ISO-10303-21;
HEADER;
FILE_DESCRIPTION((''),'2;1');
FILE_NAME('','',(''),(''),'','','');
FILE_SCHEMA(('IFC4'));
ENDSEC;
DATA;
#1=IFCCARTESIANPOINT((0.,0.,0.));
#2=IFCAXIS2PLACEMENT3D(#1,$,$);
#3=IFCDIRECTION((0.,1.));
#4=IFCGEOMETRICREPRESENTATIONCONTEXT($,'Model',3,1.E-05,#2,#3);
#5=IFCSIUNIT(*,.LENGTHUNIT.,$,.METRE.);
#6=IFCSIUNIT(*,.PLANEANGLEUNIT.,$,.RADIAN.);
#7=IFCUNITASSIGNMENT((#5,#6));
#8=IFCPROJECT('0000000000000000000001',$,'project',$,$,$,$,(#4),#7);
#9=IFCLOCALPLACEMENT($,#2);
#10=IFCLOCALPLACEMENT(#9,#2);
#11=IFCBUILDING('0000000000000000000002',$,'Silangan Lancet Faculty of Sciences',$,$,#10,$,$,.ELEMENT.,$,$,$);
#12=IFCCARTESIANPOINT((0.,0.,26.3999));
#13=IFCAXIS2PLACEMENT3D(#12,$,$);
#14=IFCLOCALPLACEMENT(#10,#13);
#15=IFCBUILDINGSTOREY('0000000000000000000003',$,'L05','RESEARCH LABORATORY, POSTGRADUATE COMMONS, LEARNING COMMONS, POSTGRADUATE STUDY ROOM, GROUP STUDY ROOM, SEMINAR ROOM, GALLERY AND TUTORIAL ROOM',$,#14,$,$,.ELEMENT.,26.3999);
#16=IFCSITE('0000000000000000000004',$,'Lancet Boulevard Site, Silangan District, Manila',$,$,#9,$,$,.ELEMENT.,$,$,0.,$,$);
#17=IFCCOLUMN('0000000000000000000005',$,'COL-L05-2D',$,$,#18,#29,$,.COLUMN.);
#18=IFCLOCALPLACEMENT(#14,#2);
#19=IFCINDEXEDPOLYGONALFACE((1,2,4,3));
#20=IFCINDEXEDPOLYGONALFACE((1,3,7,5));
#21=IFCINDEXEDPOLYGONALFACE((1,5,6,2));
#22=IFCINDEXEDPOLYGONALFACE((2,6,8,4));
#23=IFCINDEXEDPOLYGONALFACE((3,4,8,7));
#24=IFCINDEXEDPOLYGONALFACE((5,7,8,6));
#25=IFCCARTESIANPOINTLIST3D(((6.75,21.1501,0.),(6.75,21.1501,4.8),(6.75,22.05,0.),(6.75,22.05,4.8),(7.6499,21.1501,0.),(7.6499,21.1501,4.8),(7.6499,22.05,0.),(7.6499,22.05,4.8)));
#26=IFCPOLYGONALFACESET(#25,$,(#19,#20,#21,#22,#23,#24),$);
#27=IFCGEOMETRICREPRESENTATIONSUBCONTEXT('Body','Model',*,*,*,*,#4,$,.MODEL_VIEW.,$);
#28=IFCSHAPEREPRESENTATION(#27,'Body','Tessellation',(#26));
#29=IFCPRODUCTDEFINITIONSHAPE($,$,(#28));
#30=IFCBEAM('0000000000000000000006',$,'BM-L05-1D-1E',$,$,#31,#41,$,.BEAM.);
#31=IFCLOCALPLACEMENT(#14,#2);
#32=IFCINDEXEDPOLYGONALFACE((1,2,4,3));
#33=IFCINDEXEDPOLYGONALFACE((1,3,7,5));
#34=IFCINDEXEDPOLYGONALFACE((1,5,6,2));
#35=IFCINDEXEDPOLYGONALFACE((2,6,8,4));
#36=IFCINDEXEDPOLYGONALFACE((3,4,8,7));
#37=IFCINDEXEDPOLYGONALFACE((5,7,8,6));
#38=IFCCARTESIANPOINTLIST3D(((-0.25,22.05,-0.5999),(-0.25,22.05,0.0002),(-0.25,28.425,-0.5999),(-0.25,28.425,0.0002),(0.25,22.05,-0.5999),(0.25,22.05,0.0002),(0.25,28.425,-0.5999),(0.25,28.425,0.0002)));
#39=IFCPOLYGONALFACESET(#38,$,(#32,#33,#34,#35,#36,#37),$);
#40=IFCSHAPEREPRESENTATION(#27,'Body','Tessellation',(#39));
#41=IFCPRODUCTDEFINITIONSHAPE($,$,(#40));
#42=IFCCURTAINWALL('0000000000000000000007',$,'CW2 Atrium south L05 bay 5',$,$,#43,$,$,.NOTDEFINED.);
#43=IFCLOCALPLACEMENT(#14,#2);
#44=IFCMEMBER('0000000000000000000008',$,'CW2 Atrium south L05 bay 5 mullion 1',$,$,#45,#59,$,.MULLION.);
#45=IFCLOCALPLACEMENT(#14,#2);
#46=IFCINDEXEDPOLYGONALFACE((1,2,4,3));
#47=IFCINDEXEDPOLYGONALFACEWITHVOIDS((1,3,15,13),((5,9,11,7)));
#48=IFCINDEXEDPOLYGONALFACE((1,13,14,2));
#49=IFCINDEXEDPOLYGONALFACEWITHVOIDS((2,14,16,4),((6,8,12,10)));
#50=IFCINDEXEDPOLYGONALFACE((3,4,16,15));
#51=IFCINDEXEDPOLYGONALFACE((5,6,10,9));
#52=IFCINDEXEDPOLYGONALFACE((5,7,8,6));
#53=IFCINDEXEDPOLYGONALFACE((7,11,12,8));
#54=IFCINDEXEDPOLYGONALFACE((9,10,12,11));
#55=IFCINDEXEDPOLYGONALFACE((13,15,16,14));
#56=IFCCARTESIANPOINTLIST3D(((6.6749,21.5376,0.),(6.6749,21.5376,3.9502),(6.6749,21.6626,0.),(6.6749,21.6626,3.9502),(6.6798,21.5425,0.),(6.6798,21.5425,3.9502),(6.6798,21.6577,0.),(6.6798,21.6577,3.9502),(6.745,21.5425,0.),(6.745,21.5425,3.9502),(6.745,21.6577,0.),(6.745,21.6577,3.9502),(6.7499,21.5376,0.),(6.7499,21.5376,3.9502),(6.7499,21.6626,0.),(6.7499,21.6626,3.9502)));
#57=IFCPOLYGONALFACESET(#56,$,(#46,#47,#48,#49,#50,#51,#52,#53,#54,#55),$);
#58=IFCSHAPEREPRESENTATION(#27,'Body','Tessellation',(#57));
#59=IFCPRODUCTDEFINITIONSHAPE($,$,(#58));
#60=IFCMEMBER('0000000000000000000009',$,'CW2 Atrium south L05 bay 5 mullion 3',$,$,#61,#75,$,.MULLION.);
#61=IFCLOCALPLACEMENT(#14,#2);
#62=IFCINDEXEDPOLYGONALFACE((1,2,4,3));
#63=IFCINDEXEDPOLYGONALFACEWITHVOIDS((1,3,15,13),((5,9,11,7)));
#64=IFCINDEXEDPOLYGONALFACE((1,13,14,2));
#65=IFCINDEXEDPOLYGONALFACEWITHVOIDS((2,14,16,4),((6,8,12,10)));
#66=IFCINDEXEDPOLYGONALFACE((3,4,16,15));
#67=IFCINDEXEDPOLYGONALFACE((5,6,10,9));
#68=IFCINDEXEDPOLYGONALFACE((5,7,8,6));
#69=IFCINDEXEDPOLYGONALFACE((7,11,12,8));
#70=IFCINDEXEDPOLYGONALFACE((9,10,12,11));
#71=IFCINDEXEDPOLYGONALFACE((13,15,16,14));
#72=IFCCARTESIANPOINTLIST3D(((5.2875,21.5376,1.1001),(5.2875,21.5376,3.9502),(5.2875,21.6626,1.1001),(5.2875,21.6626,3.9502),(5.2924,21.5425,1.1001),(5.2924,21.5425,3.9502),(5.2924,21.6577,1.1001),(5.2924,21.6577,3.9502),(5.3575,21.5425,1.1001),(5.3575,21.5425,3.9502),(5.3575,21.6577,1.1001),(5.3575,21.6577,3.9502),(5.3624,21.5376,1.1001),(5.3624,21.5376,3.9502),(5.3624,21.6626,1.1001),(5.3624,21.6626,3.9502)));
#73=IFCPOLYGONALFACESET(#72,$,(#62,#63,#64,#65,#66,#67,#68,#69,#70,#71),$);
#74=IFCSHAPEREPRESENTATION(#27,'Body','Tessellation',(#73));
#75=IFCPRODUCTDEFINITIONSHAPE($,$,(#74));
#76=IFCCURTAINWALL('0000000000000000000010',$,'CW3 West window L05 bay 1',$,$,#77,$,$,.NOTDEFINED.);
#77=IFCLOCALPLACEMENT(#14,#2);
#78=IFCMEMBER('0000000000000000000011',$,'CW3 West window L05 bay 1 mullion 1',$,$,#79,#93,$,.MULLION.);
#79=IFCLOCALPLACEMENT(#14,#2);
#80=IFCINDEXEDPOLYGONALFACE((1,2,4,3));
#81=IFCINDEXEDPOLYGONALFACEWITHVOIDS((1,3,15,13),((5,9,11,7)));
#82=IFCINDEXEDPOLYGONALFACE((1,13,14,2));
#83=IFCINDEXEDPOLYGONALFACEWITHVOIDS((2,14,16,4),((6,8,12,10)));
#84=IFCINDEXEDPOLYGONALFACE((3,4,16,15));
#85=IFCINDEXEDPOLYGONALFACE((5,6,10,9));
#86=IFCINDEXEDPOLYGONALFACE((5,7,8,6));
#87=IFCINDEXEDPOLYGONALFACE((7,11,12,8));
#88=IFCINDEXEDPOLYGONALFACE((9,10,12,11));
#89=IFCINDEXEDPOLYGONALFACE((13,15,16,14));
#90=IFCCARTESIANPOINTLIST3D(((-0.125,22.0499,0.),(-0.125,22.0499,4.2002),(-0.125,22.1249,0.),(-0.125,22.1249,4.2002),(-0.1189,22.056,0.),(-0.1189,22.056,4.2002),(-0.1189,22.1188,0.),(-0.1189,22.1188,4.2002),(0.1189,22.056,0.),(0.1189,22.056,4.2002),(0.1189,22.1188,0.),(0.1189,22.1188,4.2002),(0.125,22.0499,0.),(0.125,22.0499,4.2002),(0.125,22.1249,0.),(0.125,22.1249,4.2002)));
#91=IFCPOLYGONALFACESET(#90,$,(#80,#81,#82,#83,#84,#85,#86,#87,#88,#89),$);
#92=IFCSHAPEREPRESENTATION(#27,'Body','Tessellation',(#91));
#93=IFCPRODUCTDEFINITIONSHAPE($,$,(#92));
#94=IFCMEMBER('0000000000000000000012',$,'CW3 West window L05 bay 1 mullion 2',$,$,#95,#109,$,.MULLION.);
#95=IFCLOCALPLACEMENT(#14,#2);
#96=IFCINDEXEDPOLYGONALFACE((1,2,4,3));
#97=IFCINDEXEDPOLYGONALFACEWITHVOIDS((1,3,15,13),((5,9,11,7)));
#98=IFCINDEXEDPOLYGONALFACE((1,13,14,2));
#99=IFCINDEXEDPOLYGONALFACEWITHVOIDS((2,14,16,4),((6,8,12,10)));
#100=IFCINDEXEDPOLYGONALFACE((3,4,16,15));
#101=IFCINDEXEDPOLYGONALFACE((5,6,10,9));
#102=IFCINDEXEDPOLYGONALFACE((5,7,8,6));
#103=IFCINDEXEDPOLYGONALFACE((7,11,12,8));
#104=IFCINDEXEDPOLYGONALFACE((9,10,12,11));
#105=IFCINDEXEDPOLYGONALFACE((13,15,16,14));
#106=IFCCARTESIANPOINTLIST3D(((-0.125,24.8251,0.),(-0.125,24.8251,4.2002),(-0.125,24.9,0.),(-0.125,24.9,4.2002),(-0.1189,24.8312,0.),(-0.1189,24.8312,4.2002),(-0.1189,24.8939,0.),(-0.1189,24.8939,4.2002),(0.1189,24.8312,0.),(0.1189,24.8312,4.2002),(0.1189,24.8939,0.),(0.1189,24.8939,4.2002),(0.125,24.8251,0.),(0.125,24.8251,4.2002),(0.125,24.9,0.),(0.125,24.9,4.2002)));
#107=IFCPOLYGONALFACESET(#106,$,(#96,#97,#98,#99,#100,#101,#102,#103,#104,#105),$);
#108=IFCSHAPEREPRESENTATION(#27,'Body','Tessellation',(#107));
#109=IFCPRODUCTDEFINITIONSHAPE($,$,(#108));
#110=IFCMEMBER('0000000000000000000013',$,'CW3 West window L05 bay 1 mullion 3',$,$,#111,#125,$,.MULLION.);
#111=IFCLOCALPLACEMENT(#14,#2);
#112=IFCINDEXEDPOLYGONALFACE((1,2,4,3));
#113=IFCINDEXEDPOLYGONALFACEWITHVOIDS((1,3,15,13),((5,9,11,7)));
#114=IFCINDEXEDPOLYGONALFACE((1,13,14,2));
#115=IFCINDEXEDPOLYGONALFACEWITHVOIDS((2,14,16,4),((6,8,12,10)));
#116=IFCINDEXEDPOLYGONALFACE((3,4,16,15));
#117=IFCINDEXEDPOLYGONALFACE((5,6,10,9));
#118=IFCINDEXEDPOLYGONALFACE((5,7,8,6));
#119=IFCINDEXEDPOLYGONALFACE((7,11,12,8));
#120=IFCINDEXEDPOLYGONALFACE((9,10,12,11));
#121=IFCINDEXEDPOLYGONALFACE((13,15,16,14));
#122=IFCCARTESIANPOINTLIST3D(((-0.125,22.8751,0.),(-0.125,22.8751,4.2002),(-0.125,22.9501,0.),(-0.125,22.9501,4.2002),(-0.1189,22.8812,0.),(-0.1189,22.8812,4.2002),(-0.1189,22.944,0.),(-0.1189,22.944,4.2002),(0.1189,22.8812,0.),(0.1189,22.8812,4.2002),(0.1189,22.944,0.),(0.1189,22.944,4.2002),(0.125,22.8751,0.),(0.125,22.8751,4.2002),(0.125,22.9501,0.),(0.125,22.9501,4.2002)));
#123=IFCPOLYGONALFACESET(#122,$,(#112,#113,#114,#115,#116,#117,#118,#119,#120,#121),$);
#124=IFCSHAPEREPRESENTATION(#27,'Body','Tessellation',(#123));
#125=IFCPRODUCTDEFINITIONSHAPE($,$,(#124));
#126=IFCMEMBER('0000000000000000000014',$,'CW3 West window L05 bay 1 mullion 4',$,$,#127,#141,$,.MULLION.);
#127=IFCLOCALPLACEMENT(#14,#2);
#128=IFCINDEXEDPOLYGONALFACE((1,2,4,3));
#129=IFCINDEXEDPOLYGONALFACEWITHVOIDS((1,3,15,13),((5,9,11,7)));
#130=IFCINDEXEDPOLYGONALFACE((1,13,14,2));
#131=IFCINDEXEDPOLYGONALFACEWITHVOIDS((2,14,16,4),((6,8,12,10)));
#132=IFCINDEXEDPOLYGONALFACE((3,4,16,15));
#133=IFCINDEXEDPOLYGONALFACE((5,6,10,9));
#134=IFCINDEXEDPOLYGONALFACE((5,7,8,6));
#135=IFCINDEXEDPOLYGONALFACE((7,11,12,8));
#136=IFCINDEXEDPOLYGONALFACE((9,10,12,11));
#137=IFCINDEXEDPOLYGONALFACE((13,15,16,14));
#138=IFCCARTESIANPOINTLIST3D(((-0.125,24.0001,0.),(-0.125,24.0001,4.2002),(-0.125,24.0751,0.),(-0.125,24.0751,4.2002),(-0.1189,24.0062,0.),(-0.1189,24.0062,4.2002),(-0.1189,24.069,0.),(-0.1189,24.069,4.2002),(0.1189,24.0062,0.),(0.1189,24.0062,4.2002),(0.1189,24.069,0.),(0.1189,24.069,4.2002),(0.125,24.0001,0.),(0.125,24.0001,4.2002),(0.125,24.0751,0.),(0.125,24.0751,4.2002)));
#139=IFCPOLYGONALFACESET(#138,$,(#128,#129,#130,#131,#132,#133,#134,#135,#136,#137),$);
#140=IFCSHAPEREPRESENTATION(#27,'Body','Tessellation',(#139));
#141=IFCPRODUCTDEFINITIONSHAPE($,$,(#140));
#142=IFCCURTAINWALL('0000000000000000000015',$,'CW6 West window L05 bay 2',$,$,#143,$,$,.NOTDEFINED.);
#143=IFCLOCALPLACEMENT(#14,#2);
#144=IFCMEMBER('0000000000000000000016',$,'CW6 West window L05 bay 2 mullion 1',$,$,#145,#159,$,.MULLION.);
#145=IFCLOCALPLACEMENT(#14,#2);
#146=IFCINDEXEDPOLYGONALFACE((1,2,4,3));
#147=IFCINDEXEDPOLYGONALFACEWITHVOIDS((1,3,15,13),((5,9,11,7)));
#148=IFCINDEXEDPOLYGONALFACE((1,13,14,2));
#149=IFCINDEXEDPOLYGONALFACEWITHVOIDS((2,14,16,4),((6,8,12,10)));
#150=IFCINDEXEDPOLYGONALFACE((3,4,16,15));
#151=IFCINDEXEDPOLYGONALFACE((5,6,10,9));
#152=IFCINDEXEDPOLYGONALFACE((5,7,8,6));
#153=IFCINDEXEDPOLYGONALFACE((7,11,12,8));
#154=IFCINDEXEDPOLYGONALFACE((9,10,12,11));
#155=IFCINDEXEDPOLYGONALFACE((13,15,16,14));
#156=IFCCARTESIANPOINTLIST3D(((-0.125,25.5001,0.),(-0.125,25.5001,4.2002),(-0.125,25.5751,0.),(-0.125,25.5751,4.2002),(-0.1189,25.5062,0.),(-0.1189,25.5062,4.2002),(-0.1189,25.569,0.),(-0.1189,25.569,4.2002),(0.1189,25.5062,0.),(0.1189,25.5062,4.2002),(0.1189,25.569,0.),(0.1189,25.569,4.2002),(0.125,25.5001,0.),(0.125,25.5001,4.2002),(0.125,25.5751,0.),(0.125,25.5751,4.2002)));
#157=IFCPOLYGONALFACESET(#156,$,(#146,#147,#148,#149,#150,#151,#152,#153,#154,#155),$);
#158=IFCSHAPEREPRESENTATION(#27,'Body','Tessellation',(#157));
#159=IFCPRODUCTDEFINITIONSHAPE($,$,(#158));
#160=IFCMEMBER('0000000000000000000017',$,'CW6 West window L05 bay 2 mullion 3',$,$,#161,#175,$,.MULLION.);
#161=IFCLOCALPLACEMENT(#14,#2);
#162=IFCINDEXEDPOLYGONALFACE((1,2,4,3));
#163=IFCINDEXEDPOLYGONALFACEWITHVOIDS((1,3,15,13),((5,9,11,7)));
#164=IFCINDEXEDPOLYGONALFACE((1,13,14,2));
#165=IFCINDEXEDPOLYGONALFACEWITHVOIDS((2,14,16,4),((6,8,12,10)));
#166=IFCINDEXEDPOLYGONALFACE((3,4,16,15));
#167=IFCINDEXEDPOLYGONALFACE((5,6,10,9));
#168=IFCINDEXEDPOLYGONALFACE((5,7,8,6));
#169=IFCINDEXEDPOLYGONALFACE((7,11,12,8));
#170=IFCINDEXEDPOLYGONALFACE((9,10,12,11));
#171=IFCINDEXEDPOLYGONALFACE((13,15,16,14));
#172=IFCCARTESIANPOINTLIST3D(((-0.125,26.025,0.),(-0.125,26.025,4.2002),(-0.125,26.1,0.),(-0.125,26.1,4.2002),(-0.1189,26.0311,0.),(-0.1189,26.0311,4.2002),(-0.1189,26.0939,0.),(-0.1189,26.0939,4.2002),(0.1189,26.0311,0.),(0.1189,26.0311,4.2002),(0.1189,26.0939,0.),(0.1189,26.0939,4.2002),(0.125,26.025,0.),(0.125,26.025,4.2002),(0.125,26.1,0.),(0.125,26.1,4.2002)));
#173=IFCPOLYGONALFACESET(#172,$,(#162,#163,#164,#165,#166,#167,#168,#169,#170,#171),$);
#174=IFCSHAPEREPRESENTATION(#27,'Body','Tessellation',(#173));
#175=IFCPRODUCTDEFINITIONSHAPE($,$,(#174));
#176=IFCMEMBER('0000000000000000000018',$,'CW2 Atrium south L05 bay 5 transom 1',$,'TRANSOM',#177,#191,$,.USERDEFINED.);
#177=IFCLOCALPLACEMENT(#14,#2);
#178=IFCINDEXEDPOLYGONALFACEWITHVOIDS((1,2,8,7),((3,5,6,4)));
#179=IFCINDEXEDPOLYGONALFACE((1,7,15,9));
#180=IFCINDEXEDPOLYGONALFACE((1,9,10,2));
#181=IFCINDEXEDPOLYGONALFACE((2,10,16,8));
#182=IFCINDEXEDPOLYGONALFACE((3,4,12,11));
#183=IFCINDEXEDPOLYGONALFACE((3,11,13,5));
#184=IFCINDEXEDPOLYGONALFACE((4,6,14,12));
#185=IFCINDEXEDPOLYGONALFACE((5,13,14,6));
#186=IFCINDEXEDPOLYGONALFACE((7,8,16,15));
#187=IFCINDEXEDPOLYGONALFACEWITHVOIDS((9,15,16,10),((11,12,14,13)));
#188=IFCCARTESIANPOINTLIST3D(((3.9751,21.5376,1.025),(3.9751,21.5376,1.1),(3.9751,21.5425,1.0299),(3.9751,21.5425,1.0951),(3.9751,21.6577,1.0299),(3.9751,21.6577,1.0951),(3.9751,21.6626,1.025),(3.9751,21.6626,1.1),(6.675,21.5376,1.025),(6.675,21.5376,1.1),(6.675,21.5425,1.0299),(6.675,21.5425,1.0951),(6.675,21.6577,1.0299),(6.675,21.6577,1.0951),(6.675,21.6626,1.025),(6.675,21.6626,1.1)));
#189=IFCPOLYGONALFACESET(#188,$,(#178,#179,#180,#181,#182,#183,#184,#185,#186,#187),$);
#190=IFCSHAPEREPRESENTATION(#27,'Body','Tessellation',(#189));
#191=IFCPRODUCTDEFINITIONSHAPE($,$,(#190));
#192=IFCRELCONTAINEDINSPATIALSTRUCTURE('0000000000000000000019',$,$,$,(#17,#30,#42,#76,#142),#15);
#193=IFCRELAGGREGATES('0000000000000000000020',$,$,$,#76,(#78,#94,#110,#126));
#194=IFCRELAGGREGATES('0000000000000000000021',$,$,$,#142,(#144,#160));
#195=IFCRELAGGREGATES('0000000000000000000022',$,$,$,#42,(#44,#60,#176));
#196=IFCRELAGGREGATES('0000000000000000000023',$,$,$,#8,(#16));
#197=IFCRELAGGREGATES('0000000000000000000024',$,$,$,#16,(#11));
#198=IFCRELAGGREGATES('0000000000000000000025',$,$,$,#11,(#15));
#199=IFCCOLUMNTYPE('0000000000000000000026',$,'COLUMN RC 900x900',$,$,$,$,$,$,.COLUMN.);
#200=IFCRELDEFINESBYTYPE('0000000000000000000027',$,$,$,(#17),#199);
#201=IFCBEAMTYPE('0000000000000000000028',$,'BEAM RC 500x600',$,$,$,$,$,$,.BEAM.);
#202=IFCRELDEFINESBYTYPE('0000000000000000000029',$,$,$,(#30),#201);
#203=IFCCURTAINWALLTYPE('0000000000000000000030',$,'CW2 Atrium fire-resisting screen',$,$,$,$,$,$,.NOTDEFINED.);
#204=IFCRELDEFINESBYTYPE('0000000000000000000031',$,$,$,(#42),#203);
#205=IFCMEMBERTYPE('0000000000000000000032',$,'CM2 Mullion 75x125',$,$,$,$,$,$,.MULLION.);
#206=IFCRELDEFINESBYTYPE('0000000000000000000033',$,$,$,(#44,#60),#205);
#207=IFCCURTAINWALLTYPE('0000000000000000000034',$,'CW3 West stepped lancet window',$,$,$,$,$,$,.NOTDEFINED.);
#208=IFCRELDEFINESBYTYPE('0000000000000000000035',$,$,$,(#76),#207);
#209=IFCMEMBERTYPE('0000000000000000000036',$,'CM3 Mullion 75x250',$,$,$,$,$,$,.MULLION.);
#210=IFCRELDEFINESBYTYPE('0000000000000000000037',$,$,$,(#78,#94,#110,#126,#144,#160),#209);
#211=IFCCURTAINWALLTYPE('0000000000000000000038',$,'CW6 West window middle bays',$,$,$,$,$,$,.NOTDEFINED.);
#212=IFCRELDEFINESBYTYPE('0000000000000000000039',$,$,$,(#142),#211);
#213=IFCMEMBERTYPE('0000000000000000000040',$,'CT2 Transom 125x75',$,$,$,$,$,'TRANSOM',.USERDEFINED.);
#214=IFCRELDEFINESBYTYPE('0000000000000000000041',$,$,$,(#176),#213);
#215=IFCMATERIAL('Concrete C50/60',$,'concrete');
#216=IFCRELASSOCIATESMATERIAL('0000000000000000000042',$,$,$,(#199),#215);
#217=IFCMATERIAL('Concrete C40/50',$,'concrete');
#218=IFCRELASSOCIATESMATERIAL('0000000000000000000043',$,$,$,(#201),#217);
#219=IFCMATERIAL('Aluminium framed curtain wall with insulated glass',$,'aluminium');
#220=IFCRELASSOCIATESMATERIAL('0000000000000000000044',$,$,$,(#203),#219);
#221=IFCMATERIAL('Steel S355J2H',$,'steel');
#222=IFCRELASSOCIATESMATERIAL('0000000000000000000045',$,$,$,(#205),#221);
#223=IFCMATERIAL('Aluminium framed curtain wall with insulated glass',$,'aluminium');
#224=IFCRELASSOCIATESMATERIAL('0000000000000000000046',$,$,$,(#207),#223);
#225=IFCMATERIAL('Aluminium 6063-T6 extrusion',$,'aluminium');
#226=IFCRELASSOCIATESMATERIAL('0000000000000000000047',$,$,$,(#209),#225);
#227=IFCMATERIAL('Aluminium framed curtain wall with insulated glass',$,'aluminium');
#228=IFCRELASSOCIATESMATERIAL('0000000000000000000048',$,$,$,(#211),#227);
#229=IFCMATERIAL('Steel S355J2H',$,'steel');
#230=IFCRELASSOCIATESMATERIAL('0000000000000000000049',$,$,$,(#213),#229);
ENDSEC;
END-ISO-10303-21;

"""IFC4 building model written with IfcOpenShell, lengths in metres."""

from ifc_helpers import new_model, si_unit, direction, frame, origin, origin_2d, place, context, subcontext, project, spatial, rectangle, hollow_rectangle, extrude, material, material_profile, profile_set, type_object, element, aggregate, save


model = new_model("IFC4")

# Units and contexts
model_context = context("Model", 3, precision=1e-05, world=origin(), true_north=direction((0.0, 1.0)))
body_context = subcontext(model_context, "Body", "Model", "MODEL_VIEW")
ifc_project = project(units=[si_unit("LENGTHUNIT", "METRE"), si_unit("PLANEANGLEUNIT", "RADIAN")], contexts=[model_context])

# Site, building, storey
site_placement = place(None, origin())
site = spatial("IfcSite", under=ifc_project, at=site_placement, Name="Lancet Boulevard Site, Silangan District, Manila", CompositionType="ELEMENT", RefElevation=0.0)
building_placement = place(site_placement, origin())
building = spatial("IfcBuilding", under=site, at=building_placement, Name="Silangan Lancet Faculty of Sciences", CompositionType="ELEMENT")
storey_placement = place(building_placement, frame((0.0, 0.0, 26.3999)))
storey = spatial("IfcBuildingStorey", under=building, at=storey_placement, Name="L05", Description="RESEARCH LABORATORY, POSTGRADUATE COMMONS, LEARNING COMMONS, POSTGRADUATE STUDY ROOM, GROUP STUDY ROOM, SEMINAR ROOM, GALLERY AND TUTORIAL ROOM", CompositionType="ELEMENT", Elevation=26.3999)

# Column
ifc_material_1 = material(Name="Concrete C50/60", Category="concrete")
ifc_material_profile_1 = material_profile(ifc_material_1, rectangle(XDim=0.8999, YDim=0.8999, at=origin_2d()), Name="RC 900x900")
ifc_profile_set_1 = profile_set([ifc_material_profile_1], Name="Concrete C50/60")
column_type = type_object("IfcColumnType", Name="COLUMN RC 900x900", PredefinedType="COLUMN", material=ifc_profile_set_1)
column_placement = place(storey_placement, frame((7.2, 21.6001, 0.0), z_axis=(0.0, 0.0, 1.0), x_axis=(1.0, 0.0, 0.0)))
element("IfcColumn", 1, at=column_placement, inside=storey, type_object=column_type, Name="COL-L05-2D", PredefinedType="COLUMN", context=body_context, shape_type="SweptSolid", body=[
    extrude(rectangle(XDim=0.8999, YDim=0.8999, at=origin_2d()), origin(), (0.0, 0.0, 1.0), 4.8),
])

# Beam
ifc_material_2 = material(Name="Concrete C40/50", Category="concrete")
ifc_material_profile_2 = material_profile(ifc_material_2, rectangle(XDim=0.5, YDim=0.6001, at=origin_2d()), Name="RC 500x600")
ifc_profile_set_2 = profile_set([ifc_material_profile_2], Name="Concrete C40/50")
beam_type = type_object("IfcBeamType", Name="BEAM RC 500x600", PredefinedType="BEAM", material=ifc_profile_set_2)
beam_placement = place(storey_placement, frame((0.0, 22.05, -0.2998), z_axis=(0.0, 1.0, 0.0), x_axis=(-1.0, 0.0, 0.0)))
element("IfcBeam", 2, at=beam_placement, inside=storey, type_object=beam_type, Name="BM-L05-1D-1E", PredefinedType="BEAM", context=body_context, shape_type="SweptSolid", body=[
    extrude(rectangle(XDim=0.5, YDim=0.6001, at=origin_2d()), origin(), (0.0, 0.0, 1.0), 6.375),
])

# Curtain walls, members
ifc_material_3 = material(Name="Aluminium framed curtain wall with insulated glass", Category="aluminium")
curtain_wall_type_1 = type_object("IfcCurtainWallType", Name="CW2 Atrium fire-resisting screen", PredefinedType="NOTDEFINED", material=ifc_material_3)
curtain_wall_1_placement = place(storey_placement, origin())
curtain_wall_1 = element("IfcCurtainWall", 3, at=curtain_wall_1_placement, inside=storey, type_object=curtain_wall_type_1, Name="CW2 Atrium south L05 bay 5", PredefinedType="NOTDEFINED")
ifc_material_4 = material(Name="Steel S355J2H", Category="steel")
ifc_material_profile_3 = material_profile(ifc_material_4, hollow_rectangle(XDim=0.075, YDim=0.125, WallThickness=0.0049, at=origin_2d()), Name="ST BOX 75x125x5")
ifc_profile_set_3 = profile_set([ifc_material_profile_3], Name="Steel S355J2H")
member_type_1 = type_object("IfcMemberType", Name="CM2 Mullion 75x125", PredefinedType="MULLION", material=ifc_profile_set_3)
member_1_placement = place(storey_placement, frame((6.7124, 21.6001, 0.0), z_axis=(0.0, 0.0, 1.0), x_axis=(-1.0, 0.0, 0.0)))
member_1 = element("IfcMember", 4, at=member_1_placement, type_object=member_type_1, Name="CW2 Atrium south L05 bay 5 mullion 1", PredefinedType="MULLION", context=body_context, shape_type="SweptSolid", body=[
    extrude(hollow_rectangle(XDim=0.075, YDim=0.125, WallThickness=0.0049, at=origin_2d()), origin(), (0.0, 0.0, 1.0), 3.9502),
])
member_2_placement = place(storey_placement, frame((5.325, 21.6001, 1.1001), z_axis=(0.0, 0.0, 1.0), x_axis=(-1.0, 0.0, 0.0)))
member_2 = element("IfcMember", 5, at=member_2_placement, type_object=member_type_1, Name="CW2 Atrium south L05 bay 5 mullion 3", PredefinedType="MULLION", context=body_context, shape_type="SweptSolid", body=[
    extrude(hollow_rectangle(XDim=0.075, YDim=0.125, WallThickness=0.0049, at=origin_2d()), origin(), (0.0, 0.0, 1.0), 2.8501),
])
ifc_material_5 = material(Name="Aluminium framed curtain wall with insulated glass", Category="aluminium")
curtain_wall_type_2 = type_object("IfcCurtainWallType", Name="CW3 West stepped lancet window", PredefinedType="NOTDEFINED", material=ifc_material_5)
curtain_wall_2_placement = place(storey_placement, origin())
curtain_wall_2 = element("IfcCurtainWall", 6, at=curtain_wall_2_placement, inside=storey, type_object=curtain_wall_type_2, Name="CW3 West window L05 bay 1", PredefinedType="NOTDEFINED")
ifc_material_6 = material(Name="Aluminium 6063-T6 extrusion", Category="aluminium")
ifc_material_profile_4 = material_profile(ifc_material_6, hollow_rectangle(XDim=0.075, YDim=0.25, WallThickness=0.0061, at=origin_2d()), Name="AL BOX 75x250x6")
ifc_profile_set_4 = profile_set([ifc_material_profile_4], Name="Aluminium 6063-T6 extrusion")
member_type_2 = type_object("IfcMemberType", Name="CM3 Mullion 75x250", PredefinedType="MULLION", material=ifc_profile_set_4)
member_3_placement = place(storey_placement, frame((0.0, 22.0874, 0.0), z_axis=(0.0, 0.0, 1.0), x_axis=(0.0, 1.0, 0.0)))
member_3 = element("IfcMember", 7, at=member_3_placement, type_object=member_type_2, Name="CW3 West window L05 bay 1 mullion 1", PredefinedType="MULLION", context=body_context, shape_type="SweptSolid", body=[
    extrude(hollow_rectangle(XDim=0.075, YDim=0.25, WallThickness=0.0061, at=origin_2d()), origin(), (0.0, 0.0, 1.0), 4.2002),
])
member_4_placement = place(storey_placement, frame((0.0, 24.8625, 0.0), z_axis=(0.0, 0.0, 1.0), x_axis=(0.0, 1.0, 0.0)))
member_4 = element("IfcMember", 8, at=member_4_placement, type_object=member_type_2, Name="CW3 West window L05 bay 1 mullion 2", PredefinedType="MULLION", context=body_context, shape_type="SweptSolid", body=[
    extrude(hollow_rectangle(XDim=0.075, YDim=0.25, WallThickness=0.0061, at=origin_2d()), origin(), (0.0, 0.0, 1.0), 4.2002),
])
member_5_placement = place(storey_placement, frame((0.0, 22.9126, 0.0), z_axis=(0.0, 0.0, 1.0), x_axis=(0.0, 1.0, 0.0)))
member_5 = element("IfcMember", 9, at=member_5_placement, type_object=member_type_2, Name="CW3 West window L05 bay 1 mullion 3", PredefinedType="MULLION", context=body_context, shape_type="SweptSolid", body=[
    extrude(hollow_rectangle(XDim=0.075, YDim=0.25, WallThickness=0.0061, at=origin_2d()), origin(), (0.0, 0.0, 1.0), 4.2002),
])
member_6_placement = place(storey_placement, frame((0.0, 24.0376, 0.0), z_axis=(0.0, 0.0, 1.0), x_axis=(0.0, 1.0, 0.0)))
member_6 = element("IfcMember", 10, at=member_6_placement, type_object=member_type_2, Name="CW3 West window L05 bay 1 mullion 4", PredefinedType="MULLION", context=body_context, shape_type="SweptSolid", body=[
    extrude(hollow_rectangle(XDim=0.075, YDim=0.25, WallThickness=0.0061, at=origin_2d()), origin(), (0.0, 0.0, 1.0), 4.2002),
])
ifc_material_7 = material(Name="Aluminium framed curtain wall with insulated glass", Category="aluminium")
curtain_wall_type_3 = type_object("IfcCurtainWallType", Name="CW6 West window middle bays", PredefinedType="NOTDEFINED", material=ifc_material_7)
curtain_wall_3_placement = place(storey_placement, origin())
curtain_wall_3 = element("IfcCurtainWall", 11, at=curtain_wall_3_placement, inside=storey, type_object=curtain_wall_type_3, Name="CW6 West window L05 bay 2", PredefinedType="NOTDEFINED")
member_7_placement = place(storey_placement, frame((0.0, 25.5376, 0.0), z_axis=(0.0, 0.0, 1.0), x_axis=(0.0, 1.0, 0.0)))
member_7 = element("IfcMember", 12, at=member_7_placement, type_object=member_type_2, Name="CW6 West window L05 bay 2 mullion 1", PredefinedType="MULLION", context=body_context, shape_type="SweptSolid", body=[
    extrude(hollow_rectangle(XDim=0.075, YDim=0.25, WallThickness=0.0061, at=origin_2d()), origin(), (0.0, 0.0, 1.0), 4.2002),
])
member_8_placement = place(storey_placement, frame((0.0, 26.0625, 0.0), z_axis=(0.0, 0.0, 1.0), x_axis=(0.0, 1.0, 0.0)))
member_8 = element("IfcMember", 13, at=member_8_placement, type_object=member_type_2, Name="CW6 West window L05 bay 2 mullion 3", PredefinedType="MULLION", context=body_context, shape_type="SweptSolid", body=[
    extrude(hollow_rectangle(XDim=0.075, YDim=0.25, WallThickness=0.0061, at=origin_2d()), origin(), (0.0, 0.0, 1.0), 4.2002),
])

# Member
ifc_material_8 = material(Name="Steel S355J2H", Category="steel")
ifc_material_profile_5 = material_profile(ifc_material_8, hollow_rectangle(XDim=0.125, YDim=0.075, WallThickness=0.0049, at=origin_2d()), Name="ST BOX 125x75x5")
ifc_profile_set_5 = profile_set([ifc_material_profile_5], Name="Steel S355J2H")
member_type_3 = type_object("IfcMemberType", Name="CT2 Transom 125x75", ElementType="TRANSOM", PredefinedType="USERDEFINED", material=ifc_profile_set_5)
member_9_placement = place(storey_placement, frame((6.675, 21.6001, 1.0625), z_axis=(-1.0, 0.0, 0.0), x_axis=(0.0, -1.0, 0.0)))
member_9 = element("IfcMember", 14, at=member_9_placement, type_object=member_type_3, Name="CW2 Atrium south L05 bay 5 transom 1", ObjectType="TRANSOM", PredefinedType="USERDEFINED", context=body_context, shape_type="SweptSolid", body=[
    extrude(hollow_rectangle(XDim=0.125, YDim=0.075, WallThickness=0.0049, at=origin_2d()), origin(), (0.0, 0.0, 1.0), 2.7),
])

aggregate(curtain_wall_2, [member_3, member_4, member_5, member_6])
aggregate(curtain_wall_3, [member_7, member_8])
aggregate(curtain_wall_1, [member_1, member_2, member_9])

save(model, "model.ifc")
